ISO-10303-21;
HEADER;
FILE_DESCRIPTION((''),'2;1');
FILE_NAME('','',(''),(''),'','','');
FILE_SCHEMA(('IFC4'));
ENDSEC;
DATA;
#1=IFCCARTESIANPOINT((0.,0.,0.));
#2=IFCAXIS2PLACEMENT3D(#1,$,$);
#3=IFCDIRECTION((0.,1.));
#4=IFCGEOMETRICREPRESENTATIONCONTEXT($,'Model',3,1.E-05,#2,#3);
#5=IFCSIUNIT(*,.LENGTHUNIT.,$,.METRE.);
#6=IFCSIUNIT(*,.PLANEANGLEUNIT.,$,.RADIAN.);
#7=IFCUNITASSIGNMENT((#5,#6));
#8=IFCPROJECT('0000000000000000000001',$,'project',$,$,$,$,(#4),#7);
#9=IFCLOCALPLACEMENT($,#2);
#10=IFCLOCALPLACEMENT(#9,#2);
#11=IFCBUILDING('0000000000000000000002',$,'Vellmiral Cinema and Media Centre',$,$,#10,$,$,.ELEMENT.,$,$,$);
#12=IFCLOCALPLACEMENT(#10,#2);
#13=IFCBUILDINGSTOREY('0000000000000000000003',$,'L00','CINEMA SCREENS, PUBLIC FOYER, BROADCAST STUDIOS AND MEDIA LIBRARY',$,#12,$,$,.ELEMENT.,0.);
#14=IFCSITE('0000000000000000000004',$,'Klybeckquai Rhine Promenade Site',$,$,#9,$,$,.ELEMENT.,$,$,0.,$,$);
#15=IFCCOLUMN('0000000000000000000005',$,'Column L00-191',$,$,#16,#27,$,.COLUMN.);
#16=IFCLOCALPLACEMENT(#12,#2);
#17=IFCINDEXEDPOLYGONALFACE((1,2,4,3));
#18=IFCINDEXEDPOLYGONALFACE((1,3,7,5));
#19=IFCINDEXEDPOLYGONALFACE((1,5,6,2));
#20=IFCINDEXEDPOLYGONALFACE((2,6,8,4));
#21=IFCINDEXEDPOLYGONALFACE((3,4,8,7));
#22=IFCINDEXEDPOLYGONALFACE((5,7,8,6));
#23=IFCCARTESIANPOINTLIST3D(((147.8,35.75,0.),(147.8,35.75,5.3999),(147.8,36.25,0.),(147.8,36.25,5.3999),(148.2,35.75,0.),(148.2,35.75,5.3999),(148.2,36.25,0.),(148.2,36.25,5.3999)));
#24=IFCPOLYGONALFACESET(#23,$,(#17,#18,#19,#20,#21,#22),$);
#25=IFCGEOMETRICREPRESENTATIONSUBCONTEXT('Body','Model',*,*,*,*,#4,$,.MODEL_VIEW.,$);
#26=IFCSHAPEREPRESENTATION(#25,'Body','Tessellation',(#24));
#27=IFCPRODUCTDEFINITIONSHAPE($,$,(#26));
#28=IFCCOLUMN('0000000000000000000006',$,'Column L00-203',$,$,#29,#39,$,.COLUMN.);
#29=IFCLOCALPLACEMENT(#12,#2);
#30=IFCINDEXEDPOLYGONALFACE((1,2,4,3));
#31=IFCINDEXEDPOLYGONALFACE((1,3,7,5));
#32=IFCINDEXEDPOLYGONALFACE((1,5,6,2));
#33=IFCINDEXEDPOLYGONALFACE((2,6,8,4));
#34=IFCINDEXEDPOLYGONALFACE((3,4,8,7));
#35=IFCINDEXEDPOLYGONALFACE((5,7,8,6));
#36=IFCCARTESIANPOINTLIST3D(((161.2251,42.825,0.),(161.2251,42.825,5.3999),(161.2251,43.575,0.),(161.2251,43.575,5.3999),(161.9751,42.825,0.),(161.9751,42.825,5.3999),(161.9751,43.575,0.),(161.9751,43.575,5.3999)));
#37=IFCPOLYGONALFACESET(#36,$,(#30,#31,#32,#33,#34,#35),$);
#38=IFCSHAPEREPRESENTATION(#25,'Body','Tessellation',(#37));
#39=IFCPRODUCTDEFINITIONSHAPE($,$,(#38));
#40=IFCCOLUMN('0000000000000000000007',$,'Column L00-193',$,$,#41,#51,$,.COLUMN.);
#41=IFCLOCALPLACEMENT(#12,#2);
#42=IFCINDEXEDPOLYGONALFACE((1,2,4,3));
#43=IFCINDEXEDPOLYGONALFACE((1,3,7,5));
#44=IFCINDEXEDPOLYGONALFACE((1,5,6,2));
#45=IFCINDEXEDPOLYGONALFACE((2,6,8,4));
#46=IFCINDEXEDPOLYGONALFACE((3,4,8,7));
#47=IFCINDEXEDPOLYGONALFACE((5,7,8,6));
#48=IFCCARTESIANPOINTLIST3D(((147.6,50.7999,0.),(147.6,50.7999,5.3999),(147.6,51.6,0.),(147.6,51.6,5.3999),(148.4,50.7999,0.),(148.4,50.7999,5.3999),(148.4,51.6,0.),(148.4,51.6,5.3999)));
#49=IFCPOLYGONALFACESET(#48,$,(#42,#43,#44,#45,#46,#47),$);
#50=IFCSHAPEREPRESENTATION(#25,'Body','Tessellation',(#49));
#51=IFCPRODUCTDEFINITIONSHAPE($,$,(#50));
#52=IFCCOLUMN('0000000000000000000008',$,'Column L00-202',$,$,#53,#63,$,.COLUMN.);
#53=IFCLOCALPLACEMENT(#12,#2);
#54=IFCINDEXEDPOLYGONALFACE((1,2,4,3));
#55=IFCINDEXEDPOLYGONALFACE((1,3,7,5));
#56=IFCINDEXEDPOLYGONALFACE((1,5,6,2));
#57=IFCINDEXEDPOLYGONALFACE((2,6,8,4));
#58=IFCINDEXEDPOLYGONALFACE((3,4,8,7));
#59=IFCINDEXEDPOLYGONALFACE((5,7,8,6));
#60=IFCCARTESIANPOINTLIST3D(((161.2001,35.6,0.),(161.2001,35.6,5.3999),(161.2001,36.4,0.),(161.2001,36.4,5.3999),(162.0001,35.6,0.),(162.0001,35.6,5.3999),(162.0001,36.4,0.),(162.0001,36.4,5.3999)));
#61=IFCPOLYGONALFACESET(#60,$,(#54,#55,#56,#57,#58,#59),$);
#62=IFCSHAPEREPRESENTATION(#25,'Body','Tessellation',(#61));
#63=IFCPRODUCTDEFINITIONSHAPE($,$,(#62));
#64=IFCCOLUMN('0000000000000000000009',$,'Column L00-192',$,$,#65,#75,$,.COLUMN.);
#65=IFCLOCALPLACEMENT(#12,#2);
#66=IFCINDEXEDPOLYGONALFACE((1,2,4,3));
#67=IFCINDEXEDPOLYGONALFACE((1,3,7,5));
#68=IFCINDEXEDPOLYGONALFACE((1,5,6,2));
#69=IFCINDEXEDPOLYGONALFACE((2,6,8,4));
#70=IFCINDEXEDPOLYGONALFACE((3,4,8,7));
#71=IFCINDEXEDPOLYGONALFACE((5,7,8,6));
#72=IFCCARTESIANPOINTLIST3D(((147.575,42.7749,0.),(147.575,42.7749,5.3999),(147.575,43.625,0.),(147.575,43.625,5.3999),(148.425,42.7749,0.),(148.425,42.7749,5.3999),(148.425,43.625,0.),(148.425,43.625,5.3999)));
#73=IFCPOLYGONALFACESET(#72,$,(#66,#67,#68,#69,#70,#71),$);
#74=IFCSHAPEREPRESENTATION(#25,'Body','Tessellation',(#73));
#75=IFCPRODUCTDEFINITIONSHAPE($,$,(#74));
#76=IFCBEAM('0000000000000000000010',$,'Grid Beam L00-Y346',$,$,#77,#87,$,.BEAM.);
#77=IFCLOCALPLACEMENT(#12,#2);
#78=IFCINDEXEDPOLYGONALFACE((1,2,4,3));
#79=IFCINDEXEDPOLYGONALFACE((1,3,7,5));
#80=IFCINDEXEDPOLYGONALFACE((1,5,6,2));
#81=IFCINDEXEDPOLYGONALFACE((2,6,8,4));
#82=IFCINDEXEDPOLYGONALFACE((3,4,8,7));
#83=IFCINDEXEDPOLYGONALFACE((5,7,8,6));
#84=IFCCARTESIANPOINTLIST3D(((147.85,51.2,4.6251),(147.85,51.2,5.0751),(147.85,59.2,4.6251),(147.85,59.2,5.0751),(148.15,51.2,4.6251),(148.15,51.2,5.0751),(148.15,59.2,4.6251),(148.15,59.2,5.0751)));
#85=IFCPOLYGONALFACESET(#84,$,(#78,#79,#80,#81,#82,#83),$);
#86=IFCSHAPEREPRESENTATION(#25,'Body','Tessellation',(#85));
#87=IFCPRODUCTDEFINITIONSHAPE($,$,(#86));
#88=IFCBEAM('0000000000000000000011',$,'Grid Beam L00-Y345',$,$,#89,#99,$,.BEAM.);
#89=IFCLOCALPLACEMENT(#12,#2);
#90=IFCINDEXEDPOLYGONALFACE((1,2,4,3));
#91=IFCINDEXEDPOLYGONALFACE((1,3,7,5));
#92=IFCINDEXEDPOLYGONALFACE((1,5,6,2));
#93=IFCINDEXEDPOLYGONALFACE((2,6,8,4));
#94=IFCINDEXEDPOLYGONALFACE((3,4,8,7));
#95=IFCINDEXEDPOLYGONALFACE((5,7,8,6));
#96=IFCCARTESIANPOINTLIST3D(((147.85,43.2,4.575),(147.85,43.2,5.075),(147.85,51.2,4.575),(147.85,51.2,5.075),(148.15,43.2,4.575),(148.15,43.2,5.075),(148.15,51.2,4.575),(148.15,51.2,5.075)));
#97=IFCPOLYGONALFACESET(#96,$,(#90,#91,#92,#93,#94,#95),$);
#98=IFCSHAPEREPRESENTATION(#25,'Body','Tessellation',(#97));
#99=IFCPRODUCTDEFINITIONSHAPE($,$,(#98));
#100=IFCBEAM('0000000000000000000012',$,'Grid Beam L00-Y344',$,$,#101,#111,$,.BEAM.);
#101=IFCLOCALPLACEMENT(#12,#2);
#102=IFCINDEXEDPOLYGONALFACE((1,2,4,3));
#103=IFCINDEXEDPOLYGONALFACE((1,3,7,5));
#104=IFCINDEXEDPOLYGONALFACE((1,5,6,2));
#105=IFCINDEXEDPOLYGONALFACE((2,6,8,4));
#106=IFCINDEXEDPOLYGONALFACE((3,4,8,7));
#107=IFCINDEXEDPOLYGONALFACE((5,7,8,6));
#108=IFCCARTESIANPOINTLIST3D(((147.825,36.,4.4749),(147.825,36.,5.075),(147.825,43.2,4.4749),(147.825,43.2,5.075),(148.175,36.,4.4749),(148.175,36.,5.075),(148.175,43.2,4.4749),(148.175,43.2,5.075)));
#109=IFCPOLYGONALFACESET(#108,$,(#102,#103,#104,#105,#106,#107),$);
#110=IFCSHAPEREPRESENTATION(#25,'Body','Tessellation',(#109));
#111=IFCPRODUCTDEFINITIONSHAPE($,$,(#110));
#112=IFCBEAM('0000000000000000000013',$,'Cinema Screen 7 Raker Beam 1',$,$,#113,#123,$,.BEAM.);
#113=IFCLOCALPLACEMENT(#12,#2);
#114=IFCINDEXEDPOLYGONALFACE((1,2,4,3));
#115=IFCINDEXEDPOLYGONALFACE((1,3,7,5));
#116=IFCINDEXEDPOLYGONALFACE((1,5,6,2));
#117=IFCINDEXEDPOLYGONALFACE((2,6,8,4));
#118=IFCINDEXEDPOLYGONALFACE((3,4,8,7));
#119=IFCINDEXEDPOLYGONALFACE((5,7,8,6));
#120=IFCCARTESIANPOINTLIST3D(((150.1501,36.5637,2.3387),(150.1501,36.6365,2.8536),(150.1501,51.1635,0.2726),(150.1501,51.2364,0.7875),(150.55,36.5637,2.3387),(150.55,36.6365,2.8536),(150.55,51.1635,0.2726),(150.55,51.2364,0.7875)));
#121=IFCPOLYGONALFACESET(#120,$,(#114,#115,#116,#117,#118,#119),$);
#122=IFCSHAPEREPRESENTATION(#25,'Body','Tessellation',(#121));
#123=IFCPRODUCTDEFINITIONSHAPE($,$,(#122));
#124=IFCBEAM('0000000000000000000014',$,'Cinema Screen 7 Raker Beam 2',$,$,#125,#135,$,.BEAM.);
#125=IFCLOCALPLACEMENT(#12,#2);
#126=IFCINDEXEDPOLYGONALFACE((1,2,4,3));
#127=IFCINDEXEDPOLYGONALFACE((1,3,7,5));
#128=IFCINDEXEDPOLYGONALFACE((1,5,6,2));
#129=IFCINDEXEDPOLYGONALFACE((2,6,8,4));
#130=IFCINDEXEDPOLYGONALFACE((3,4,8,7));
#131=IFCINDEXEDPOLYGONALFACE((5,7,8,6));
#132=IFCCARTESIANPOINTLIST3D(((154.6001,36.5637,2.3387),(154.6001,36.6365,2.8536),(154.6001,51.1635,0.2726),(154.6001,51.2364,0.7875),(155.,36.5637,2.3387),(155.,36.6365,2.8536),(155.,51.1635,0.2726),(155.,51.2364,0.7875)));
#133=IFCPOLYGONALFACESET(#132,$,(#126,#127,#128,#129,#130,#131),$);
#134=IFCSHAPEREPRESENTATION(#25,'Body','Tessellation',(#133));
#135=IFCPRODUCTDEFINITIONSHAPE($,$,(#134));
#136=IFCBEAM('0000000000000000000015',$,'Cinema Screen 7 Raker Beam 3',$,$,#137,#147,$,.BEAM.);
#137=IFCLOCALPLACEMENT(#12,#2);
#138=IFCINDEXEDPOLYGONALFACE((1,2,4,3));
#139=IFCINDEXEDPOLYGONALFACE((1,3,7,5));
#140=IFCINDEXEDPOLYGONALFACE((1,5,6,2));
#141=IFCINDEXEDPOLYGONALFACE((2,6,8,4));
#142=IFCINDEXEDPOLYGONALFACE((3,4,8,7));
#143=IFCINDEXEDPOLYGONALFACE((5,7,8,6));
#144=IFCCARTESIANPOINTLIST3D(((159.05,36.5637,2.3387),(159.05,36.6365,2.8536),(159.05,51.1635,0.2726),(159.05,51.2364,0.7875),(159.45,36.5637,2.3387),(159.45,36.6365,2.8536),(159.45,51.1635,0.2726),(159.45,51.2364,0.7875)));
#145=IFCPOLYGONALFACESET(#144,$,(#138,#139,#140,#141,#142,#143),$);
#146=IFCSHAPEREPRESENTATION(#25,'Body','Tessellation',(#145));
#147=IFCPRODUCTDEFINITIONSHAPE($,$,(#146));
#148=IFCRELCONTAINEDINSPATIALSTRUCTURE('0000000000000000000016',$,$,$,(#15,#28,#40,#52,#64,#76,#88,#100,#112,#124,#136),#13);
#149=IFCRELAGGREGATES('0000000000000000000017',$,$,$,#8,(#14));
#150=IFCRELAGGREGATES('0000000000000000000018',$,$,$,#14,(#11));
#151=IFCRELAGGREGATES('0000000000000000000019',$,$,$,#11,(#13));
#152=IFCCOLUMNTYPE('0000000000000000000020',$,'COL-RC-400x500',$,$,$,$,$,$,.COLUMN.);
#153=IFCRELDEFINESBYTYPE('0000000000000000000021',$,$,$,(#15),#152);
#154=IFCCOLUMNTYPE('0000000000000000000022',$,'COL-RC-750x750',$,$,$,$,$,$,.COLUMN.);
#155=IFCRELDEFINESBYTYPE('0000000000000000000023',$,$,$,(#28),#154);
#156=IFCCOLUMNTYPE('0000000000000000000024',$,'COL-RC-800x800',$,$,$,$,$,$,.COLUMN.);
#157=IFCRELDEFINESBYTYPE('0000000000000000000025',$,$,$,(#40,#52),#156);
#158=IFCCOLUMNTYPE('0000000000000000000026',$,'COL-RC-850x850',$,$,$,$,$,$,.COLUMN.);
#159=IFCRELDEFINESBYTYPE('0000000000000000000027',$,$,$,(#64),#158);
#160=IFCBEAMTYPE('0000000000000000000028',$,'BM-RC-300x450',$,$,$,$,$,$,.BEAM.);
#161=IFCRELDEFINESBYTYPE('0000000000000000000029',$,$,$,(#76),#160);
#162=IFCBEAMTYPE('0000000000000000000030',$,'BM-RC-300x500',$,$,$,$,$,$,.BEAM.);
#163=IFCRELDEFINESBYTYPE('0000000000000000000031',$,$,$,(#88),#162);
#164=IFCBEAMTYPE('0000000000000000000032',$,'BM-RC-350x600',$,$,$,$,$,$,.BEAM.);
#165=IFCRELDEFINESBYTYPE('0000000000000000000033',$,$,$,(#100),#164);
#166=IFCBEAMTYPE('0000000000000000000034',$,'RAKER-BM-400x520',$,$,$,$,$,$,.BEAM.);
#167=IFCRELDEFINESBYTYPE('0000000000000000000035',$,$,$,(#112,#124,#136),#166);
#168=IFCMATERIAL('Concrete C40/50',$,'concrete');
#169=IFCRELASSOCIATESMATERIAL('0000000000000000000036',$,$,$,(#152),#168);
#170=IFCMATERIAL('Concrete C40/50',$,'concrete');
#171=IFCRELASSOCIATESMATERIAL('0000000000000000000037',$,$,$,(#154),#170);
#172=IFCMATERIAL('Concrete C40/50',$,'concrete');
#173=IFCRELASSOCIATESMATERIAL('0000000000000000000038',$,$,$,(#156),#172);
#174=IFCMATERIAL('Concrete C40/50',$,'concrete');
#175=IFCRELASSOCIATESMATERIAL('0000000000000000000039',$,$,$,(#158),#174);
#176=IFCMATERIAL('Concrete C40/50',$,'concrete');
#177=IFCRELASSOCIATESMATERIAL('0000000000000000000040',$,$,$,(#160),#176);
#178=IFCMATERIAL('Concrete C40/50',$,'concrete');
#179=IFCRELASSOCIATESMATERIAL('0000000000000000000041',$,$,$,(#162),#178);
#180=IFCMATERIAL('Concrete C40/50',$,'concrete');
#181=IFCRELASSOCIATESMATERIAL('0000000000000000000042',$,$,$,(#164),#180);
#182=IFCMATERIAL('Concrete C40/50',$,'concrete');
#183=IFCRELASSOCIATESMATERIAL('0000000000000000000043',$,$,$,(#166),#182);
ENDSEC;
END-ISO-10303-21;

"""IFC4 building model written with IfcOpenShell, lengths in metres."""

from ifc_helpers import new_model, si_unit, direction, frame, origin, origin_2d, place, context, subcontext, project, spatial, rectangle, extrude, material, material_profile, profile_set, type_object, element, save


model = new_model("IFC4")

# Units and contexts
model_context = context("Model", 3, precision=1e-05, world=origin(), true_north=direction((0.0, 1.0)))
body_context = subcontext(model_context, "Body", "Model", "MODEL_VIEW")
ifc_project = project(units=[si_unit("LENGTHUNIT", "METRE"), si_unit("PLANEANGLEUNIT", "RADIAN")], contexts=[model_context])

# Site, building, storey
site_placement = place(None, origin())
site = spatial("IfcSite", under=ifc_project, at=site_placement, Name="Klybeckquai Rhine Promenade Site", CompositionType="ELEMENT", RefElevation=0.0)
building_placement = place(site_placement, origin())
building = spatial("IfcBuilding", under=site, at=building_placement, Name="Vellmiral Cinema and Media Centre", CompositionType="ELEMENT")
storey_placement = place(building_placement, origin())
storey = spatial("IfcBuildingStorey", under=building, at=storey_placement, Name="L00", Description="CINEMA SCREENS, PUBLIC FOYER, BROADCAST STUDIOS AND MEDIA LIBRARY", CompositionType="ELEMENT", Elevation=0.0)

# Columns
ifc_material_1 = material(Name="Concrete C40/50", Category="concrete")
ifc_material_profile_1 = material_profile(ifc_material_1, rectangle(XDim=0.3999, YDim=0.5, at=origin_2d()), Name="RC 400x500")
ifc_profile_set_1 = profile_set([ifc_material_profile_1], Name="Concrete C40/50")
column_type_1 = type_object("IfcColumnType", Name="COL-RC-400x500", PredefinedType="COLUMN", material=ifc_profile_set_1)
column_1_placement = place(storey_placement, frame((148.0, 36.0, 0.0), z_axis=(0.0, 0.0, 1.0), x_axis=(1.0, 0.0, 0.0)))
element("IfcColumn", 1, at=column_1_placement, inside=storey, type_object=column_type_1, Name="Column L00-191", PredefinedType="COLUMN", context=body_context, shape_type="SweptSolid", body=[
    extrude(rectangle(XDim=0.3999, YDim=0.5, at=origin_2d()), origin(), (0.0, 0.0, 1.0), 5.3999),
])
ifc_material_2 = material(Name="Concrete C40/50", Category="concrete")
ifc_material_profile_2 = material_profile(ifc_material_2, rectangle(XDim=0.75, YDim=0.75, at=origin_2d()), Name="RC 750x750")
ifc_profile_set_2 = profile_set([ifc_material_profile_2], Name="Concrete C40/50")
column_type_2 = type_object("IfcColumnType", Name="COL-RC-750x750", PredefinedType="COLUMN", material=ifc_profile_set_2)
column_2_placement = place(storey_placement, frame((161.6001, 43.2, 0.0), z_axis=(0.0, 0.0, 1.0), x_axis=(1.0, 0.0, 0.0)))
element("IfcColumn", 2, at=column_2_placement, inside=storey, type_object=column_type_2, Name="Column L00-203", PredefinedType="COLUMN", context=body_context, shape_type="SweptSolid", body=[
    extrude(rectangle(XDim=0.75, YDim=0.75, at=origin_2d()), origin(), (0.0, 0.0, 1.0), 5.3999),
])
ifc_material_3 = material(Name="Concrete C40/50", Category="concrete")
ifc_material_profile_3 = material_profile(ifc_material_3, rectangle(XDim=0.8, YDim=0.8, at=origin_2d()), Name="RC 800x800")
ifc_profile_set_3 = profile_set([ifc_material_profile_3], Name="Concrete C40/50")
column_type_3 = type_object("IfcColumnType", Name="COL-RC-800x800", PredefinedType="COLUMN", material=ifc_profile_set_3)
for number, where, z_axis, x_axis, name in (
    (3, (148.0, 51.2, 0.0), (0.0, 0.0, 1.0), (1.0, 0.0, 0.0), "Column L00-193"),
    (4, (161.6001, 36.0, 0.0), (0.0, 0.0, 1.0), (1.0, 0.0, 0.0), "Column L00-202"),
):
    element("IfcColumn", number, at=place(storey_placement, frame(where, z_axis=z_axis, x_axis=x_axis)), inside=storey, type_object=column_type_3, Name=name, PredefinedType="COLUMN", context=body_context, shape_type="SweptSolid", body=[
        extrude(rectangle(XDim=0.8, YDim=0.8, at=origin_2d()), origin(), (0.0, 0.0, 1.0), 5.3999),
    ])
ifc_material_4 = material(Name="Concrete C40/50", Category="concrete")
ifc_material_profile_4 = material_profile(ifc_material_4, rectangle(XDim=0.8501, YDim=0.8501, at=origin_2d()), Name="RC 850x850")
ifc_profile_set_4 = profile_set([ifc_material_profile_4], Name="Concrete C40/50")
column_type_4 = type_object("IfcColumnType", Name="COL-RC-850x850", PredefinedType="COLUMN", material=ifc_profile_set_4)
column_3_placement = place(storey_placement, frame((148.0, 43.2, 0.0), z_axis=(0.0, 0.0, 1.0), x_axis=(1.0, 0.0, 0.0)))
element("IfcColumn", 5, at=column_3_placement, inside=storey, type_object=column_type_4, Name="Column L00-192", PredefinedType="COLUMN", context=body_context, shape_type="SweptSolid", body=[
    extrude(rectangle(XDim=0.8501, YDim=0.8501, at=origin_2d()), origin(), (0.0, 0.0, 1.0), 5.3999),
])

# Beams
ifc_material_5 = material(Name="Concrete C40/50", Category="concrete")
ifc_material_profile_5 = material_profile(ifc_material_5, rectangle(XDim=0.3, YDim=0.45, at=origin_2d()), Name="RC 300x450")
ifc_profile_set_5 = profile_set([ifc_material_profile_5], Name="Concrete C40/50")
beam_type_1 = type_object("IfcBeamType", Name="BM-RC-300x450", PredefinedType="BEAM", material=ifc_profile_set_5)
beam_1_placement = place(storey_placement, frame((148.0, 51.2, 4.8501), z_axis=(0.0, 1.0, 0.0), x_axis=(-1.0, 0.0, 0.0)))
element("IfcBeam", 6, at=beam_1_placement, inside=storey, type_object=beam_type_1, Name="Grid Beam L00-Y346", PredefinedType="BEAM", context=body_context, shape_type="SweptSolid", body=[
    extrude(rectangle(XDim=0.3, YDim=0.45, at=origin_2d()), origin(), (0.0, 0.0, 1.0), 8.0),
])
ifc_material_6 = material(Name="Concrete C40/50", Category="concrete")
ifc_material_profile_6 = material_profile(ifc_material_6, rectangle(XDim=0.3, YDim=0.5, at=origin_2d()), Name="RC 300x500")
ifc_profile_set_6 = profile_set([ifc_material_profile_6], Name="Concrete C40/50")
beam_type_2 = type_object("IfcBeamType", Name="BM-RC-300x500", PredefinedType="BEAM", material=ifc_profile_set_6)
beam_2_placement = place(storey_placement, frame((148.0, 43.2, 4.825), z_axis=(0.0, 1.0, 0.0), x_axis=(-1.0, 0.0, 0.0)))
element("IfcBeam", 7, at=beam_2_placement, inside=storey, type_object=beam_type_2, Name="Grid Beam L00-Y345", PredefinedType="BEAM", context=body_context, shape_type="SweptSolid", body=[
    extrude(rectangle(XDim=0.3, YDim=0.5, at=origin_2d()), origin(), (0.0, 0.0, 1.0), 8.0),
])
ifc_material_7 = material(Name="Concrete C40/50", Category="concrete")
ifc_material_profile_7 = material_profile(ifc_material_7, rectangle(XDim=0.3501, YDim=0.6001, at=origin_2d()), Name="RC 350x600")
ifc_profile_set_7 = profile_set([ifc_material_profile_7], Name="Concrete C40/50")
beam_type_3 = type_object("IfcBeamType", Name="BM-RC-350x600", PredefinedType="BEAM", material=ifc_profile_set_7)
beam_3_placement = place(storey_placement, frame((148.0, 36.0, 4.7749), z_axis=(0.0, 1.0, 0.0), x_axis=(-1.0, 0.0, 0.0)))
element("IfcBeam", 8, at=beam_3_placement, inside=storey, type_object=beam_type_3, Name="Grid Beam L00-Y344", PredefinedType="BEAM", context=body_context, shape_type="SweptSolid", body=[
    extrude(rectangle(XDim=0.3501, YDim=0.6001, at=origin_2d()), origin(), (0.0, 0.0, 1.0), 7.2),
])
ifc_material_8 = material(Name="Concrete C40/50", Category="concrete")
ifc_material_profile_8 = material_profile(ifc_material_8, rectangle(XDim=0.3999, YDim=0.52, at=origin_2d()), Name="RC 400x520")
ifc_profile_set_8 = profile_set([ifc_material_profile_8], Name="Concrete C40/50")
beam_type_4 = type_object("IfcBeamType", Name="RAKER-BM-400x520", PredefinedType="BEAM", material=ifc_profile_set_8)
for number, where, z_axis, x_axis, name in (
    (9, (150.3501, 36.6001, 2.5962), (0.0, 0.990134, -0.140123), (-1.0, 0.0, 0.0), "Cinema Screen 7 Raker Beam 1"),
    (10, (154.8, 36.6001, 2.5962), (0.0, 0.990134, -0.140123), (-1.0, 0.0, 0.0), "Cinema Screen 7 Raker Beam 2"),
    (11, (159.25, 36.6001, 2.5962), (0.0, 0.990134, -0.140123), (-1.0, 0.0, 0.0), "Cinema Screen 7 Raker Beam 3"),
):
    element("IfcBeam", number, at=place(storey_placement, frame(where, z_axis=z_axis, x_axis=x_axis)), inside=storey, type_object=beam_type_4, Name=name, PredefinedType="BEAM", context=body_context, shape_type="SweptSolid", body=[
        extrude(rectangle(XDim=0.3999, YDim=0.52, at=origin_2d()), origin(), (0.0, 0.0, 1.0), 14.7454),
    ])

save(model, "model.ifc")
